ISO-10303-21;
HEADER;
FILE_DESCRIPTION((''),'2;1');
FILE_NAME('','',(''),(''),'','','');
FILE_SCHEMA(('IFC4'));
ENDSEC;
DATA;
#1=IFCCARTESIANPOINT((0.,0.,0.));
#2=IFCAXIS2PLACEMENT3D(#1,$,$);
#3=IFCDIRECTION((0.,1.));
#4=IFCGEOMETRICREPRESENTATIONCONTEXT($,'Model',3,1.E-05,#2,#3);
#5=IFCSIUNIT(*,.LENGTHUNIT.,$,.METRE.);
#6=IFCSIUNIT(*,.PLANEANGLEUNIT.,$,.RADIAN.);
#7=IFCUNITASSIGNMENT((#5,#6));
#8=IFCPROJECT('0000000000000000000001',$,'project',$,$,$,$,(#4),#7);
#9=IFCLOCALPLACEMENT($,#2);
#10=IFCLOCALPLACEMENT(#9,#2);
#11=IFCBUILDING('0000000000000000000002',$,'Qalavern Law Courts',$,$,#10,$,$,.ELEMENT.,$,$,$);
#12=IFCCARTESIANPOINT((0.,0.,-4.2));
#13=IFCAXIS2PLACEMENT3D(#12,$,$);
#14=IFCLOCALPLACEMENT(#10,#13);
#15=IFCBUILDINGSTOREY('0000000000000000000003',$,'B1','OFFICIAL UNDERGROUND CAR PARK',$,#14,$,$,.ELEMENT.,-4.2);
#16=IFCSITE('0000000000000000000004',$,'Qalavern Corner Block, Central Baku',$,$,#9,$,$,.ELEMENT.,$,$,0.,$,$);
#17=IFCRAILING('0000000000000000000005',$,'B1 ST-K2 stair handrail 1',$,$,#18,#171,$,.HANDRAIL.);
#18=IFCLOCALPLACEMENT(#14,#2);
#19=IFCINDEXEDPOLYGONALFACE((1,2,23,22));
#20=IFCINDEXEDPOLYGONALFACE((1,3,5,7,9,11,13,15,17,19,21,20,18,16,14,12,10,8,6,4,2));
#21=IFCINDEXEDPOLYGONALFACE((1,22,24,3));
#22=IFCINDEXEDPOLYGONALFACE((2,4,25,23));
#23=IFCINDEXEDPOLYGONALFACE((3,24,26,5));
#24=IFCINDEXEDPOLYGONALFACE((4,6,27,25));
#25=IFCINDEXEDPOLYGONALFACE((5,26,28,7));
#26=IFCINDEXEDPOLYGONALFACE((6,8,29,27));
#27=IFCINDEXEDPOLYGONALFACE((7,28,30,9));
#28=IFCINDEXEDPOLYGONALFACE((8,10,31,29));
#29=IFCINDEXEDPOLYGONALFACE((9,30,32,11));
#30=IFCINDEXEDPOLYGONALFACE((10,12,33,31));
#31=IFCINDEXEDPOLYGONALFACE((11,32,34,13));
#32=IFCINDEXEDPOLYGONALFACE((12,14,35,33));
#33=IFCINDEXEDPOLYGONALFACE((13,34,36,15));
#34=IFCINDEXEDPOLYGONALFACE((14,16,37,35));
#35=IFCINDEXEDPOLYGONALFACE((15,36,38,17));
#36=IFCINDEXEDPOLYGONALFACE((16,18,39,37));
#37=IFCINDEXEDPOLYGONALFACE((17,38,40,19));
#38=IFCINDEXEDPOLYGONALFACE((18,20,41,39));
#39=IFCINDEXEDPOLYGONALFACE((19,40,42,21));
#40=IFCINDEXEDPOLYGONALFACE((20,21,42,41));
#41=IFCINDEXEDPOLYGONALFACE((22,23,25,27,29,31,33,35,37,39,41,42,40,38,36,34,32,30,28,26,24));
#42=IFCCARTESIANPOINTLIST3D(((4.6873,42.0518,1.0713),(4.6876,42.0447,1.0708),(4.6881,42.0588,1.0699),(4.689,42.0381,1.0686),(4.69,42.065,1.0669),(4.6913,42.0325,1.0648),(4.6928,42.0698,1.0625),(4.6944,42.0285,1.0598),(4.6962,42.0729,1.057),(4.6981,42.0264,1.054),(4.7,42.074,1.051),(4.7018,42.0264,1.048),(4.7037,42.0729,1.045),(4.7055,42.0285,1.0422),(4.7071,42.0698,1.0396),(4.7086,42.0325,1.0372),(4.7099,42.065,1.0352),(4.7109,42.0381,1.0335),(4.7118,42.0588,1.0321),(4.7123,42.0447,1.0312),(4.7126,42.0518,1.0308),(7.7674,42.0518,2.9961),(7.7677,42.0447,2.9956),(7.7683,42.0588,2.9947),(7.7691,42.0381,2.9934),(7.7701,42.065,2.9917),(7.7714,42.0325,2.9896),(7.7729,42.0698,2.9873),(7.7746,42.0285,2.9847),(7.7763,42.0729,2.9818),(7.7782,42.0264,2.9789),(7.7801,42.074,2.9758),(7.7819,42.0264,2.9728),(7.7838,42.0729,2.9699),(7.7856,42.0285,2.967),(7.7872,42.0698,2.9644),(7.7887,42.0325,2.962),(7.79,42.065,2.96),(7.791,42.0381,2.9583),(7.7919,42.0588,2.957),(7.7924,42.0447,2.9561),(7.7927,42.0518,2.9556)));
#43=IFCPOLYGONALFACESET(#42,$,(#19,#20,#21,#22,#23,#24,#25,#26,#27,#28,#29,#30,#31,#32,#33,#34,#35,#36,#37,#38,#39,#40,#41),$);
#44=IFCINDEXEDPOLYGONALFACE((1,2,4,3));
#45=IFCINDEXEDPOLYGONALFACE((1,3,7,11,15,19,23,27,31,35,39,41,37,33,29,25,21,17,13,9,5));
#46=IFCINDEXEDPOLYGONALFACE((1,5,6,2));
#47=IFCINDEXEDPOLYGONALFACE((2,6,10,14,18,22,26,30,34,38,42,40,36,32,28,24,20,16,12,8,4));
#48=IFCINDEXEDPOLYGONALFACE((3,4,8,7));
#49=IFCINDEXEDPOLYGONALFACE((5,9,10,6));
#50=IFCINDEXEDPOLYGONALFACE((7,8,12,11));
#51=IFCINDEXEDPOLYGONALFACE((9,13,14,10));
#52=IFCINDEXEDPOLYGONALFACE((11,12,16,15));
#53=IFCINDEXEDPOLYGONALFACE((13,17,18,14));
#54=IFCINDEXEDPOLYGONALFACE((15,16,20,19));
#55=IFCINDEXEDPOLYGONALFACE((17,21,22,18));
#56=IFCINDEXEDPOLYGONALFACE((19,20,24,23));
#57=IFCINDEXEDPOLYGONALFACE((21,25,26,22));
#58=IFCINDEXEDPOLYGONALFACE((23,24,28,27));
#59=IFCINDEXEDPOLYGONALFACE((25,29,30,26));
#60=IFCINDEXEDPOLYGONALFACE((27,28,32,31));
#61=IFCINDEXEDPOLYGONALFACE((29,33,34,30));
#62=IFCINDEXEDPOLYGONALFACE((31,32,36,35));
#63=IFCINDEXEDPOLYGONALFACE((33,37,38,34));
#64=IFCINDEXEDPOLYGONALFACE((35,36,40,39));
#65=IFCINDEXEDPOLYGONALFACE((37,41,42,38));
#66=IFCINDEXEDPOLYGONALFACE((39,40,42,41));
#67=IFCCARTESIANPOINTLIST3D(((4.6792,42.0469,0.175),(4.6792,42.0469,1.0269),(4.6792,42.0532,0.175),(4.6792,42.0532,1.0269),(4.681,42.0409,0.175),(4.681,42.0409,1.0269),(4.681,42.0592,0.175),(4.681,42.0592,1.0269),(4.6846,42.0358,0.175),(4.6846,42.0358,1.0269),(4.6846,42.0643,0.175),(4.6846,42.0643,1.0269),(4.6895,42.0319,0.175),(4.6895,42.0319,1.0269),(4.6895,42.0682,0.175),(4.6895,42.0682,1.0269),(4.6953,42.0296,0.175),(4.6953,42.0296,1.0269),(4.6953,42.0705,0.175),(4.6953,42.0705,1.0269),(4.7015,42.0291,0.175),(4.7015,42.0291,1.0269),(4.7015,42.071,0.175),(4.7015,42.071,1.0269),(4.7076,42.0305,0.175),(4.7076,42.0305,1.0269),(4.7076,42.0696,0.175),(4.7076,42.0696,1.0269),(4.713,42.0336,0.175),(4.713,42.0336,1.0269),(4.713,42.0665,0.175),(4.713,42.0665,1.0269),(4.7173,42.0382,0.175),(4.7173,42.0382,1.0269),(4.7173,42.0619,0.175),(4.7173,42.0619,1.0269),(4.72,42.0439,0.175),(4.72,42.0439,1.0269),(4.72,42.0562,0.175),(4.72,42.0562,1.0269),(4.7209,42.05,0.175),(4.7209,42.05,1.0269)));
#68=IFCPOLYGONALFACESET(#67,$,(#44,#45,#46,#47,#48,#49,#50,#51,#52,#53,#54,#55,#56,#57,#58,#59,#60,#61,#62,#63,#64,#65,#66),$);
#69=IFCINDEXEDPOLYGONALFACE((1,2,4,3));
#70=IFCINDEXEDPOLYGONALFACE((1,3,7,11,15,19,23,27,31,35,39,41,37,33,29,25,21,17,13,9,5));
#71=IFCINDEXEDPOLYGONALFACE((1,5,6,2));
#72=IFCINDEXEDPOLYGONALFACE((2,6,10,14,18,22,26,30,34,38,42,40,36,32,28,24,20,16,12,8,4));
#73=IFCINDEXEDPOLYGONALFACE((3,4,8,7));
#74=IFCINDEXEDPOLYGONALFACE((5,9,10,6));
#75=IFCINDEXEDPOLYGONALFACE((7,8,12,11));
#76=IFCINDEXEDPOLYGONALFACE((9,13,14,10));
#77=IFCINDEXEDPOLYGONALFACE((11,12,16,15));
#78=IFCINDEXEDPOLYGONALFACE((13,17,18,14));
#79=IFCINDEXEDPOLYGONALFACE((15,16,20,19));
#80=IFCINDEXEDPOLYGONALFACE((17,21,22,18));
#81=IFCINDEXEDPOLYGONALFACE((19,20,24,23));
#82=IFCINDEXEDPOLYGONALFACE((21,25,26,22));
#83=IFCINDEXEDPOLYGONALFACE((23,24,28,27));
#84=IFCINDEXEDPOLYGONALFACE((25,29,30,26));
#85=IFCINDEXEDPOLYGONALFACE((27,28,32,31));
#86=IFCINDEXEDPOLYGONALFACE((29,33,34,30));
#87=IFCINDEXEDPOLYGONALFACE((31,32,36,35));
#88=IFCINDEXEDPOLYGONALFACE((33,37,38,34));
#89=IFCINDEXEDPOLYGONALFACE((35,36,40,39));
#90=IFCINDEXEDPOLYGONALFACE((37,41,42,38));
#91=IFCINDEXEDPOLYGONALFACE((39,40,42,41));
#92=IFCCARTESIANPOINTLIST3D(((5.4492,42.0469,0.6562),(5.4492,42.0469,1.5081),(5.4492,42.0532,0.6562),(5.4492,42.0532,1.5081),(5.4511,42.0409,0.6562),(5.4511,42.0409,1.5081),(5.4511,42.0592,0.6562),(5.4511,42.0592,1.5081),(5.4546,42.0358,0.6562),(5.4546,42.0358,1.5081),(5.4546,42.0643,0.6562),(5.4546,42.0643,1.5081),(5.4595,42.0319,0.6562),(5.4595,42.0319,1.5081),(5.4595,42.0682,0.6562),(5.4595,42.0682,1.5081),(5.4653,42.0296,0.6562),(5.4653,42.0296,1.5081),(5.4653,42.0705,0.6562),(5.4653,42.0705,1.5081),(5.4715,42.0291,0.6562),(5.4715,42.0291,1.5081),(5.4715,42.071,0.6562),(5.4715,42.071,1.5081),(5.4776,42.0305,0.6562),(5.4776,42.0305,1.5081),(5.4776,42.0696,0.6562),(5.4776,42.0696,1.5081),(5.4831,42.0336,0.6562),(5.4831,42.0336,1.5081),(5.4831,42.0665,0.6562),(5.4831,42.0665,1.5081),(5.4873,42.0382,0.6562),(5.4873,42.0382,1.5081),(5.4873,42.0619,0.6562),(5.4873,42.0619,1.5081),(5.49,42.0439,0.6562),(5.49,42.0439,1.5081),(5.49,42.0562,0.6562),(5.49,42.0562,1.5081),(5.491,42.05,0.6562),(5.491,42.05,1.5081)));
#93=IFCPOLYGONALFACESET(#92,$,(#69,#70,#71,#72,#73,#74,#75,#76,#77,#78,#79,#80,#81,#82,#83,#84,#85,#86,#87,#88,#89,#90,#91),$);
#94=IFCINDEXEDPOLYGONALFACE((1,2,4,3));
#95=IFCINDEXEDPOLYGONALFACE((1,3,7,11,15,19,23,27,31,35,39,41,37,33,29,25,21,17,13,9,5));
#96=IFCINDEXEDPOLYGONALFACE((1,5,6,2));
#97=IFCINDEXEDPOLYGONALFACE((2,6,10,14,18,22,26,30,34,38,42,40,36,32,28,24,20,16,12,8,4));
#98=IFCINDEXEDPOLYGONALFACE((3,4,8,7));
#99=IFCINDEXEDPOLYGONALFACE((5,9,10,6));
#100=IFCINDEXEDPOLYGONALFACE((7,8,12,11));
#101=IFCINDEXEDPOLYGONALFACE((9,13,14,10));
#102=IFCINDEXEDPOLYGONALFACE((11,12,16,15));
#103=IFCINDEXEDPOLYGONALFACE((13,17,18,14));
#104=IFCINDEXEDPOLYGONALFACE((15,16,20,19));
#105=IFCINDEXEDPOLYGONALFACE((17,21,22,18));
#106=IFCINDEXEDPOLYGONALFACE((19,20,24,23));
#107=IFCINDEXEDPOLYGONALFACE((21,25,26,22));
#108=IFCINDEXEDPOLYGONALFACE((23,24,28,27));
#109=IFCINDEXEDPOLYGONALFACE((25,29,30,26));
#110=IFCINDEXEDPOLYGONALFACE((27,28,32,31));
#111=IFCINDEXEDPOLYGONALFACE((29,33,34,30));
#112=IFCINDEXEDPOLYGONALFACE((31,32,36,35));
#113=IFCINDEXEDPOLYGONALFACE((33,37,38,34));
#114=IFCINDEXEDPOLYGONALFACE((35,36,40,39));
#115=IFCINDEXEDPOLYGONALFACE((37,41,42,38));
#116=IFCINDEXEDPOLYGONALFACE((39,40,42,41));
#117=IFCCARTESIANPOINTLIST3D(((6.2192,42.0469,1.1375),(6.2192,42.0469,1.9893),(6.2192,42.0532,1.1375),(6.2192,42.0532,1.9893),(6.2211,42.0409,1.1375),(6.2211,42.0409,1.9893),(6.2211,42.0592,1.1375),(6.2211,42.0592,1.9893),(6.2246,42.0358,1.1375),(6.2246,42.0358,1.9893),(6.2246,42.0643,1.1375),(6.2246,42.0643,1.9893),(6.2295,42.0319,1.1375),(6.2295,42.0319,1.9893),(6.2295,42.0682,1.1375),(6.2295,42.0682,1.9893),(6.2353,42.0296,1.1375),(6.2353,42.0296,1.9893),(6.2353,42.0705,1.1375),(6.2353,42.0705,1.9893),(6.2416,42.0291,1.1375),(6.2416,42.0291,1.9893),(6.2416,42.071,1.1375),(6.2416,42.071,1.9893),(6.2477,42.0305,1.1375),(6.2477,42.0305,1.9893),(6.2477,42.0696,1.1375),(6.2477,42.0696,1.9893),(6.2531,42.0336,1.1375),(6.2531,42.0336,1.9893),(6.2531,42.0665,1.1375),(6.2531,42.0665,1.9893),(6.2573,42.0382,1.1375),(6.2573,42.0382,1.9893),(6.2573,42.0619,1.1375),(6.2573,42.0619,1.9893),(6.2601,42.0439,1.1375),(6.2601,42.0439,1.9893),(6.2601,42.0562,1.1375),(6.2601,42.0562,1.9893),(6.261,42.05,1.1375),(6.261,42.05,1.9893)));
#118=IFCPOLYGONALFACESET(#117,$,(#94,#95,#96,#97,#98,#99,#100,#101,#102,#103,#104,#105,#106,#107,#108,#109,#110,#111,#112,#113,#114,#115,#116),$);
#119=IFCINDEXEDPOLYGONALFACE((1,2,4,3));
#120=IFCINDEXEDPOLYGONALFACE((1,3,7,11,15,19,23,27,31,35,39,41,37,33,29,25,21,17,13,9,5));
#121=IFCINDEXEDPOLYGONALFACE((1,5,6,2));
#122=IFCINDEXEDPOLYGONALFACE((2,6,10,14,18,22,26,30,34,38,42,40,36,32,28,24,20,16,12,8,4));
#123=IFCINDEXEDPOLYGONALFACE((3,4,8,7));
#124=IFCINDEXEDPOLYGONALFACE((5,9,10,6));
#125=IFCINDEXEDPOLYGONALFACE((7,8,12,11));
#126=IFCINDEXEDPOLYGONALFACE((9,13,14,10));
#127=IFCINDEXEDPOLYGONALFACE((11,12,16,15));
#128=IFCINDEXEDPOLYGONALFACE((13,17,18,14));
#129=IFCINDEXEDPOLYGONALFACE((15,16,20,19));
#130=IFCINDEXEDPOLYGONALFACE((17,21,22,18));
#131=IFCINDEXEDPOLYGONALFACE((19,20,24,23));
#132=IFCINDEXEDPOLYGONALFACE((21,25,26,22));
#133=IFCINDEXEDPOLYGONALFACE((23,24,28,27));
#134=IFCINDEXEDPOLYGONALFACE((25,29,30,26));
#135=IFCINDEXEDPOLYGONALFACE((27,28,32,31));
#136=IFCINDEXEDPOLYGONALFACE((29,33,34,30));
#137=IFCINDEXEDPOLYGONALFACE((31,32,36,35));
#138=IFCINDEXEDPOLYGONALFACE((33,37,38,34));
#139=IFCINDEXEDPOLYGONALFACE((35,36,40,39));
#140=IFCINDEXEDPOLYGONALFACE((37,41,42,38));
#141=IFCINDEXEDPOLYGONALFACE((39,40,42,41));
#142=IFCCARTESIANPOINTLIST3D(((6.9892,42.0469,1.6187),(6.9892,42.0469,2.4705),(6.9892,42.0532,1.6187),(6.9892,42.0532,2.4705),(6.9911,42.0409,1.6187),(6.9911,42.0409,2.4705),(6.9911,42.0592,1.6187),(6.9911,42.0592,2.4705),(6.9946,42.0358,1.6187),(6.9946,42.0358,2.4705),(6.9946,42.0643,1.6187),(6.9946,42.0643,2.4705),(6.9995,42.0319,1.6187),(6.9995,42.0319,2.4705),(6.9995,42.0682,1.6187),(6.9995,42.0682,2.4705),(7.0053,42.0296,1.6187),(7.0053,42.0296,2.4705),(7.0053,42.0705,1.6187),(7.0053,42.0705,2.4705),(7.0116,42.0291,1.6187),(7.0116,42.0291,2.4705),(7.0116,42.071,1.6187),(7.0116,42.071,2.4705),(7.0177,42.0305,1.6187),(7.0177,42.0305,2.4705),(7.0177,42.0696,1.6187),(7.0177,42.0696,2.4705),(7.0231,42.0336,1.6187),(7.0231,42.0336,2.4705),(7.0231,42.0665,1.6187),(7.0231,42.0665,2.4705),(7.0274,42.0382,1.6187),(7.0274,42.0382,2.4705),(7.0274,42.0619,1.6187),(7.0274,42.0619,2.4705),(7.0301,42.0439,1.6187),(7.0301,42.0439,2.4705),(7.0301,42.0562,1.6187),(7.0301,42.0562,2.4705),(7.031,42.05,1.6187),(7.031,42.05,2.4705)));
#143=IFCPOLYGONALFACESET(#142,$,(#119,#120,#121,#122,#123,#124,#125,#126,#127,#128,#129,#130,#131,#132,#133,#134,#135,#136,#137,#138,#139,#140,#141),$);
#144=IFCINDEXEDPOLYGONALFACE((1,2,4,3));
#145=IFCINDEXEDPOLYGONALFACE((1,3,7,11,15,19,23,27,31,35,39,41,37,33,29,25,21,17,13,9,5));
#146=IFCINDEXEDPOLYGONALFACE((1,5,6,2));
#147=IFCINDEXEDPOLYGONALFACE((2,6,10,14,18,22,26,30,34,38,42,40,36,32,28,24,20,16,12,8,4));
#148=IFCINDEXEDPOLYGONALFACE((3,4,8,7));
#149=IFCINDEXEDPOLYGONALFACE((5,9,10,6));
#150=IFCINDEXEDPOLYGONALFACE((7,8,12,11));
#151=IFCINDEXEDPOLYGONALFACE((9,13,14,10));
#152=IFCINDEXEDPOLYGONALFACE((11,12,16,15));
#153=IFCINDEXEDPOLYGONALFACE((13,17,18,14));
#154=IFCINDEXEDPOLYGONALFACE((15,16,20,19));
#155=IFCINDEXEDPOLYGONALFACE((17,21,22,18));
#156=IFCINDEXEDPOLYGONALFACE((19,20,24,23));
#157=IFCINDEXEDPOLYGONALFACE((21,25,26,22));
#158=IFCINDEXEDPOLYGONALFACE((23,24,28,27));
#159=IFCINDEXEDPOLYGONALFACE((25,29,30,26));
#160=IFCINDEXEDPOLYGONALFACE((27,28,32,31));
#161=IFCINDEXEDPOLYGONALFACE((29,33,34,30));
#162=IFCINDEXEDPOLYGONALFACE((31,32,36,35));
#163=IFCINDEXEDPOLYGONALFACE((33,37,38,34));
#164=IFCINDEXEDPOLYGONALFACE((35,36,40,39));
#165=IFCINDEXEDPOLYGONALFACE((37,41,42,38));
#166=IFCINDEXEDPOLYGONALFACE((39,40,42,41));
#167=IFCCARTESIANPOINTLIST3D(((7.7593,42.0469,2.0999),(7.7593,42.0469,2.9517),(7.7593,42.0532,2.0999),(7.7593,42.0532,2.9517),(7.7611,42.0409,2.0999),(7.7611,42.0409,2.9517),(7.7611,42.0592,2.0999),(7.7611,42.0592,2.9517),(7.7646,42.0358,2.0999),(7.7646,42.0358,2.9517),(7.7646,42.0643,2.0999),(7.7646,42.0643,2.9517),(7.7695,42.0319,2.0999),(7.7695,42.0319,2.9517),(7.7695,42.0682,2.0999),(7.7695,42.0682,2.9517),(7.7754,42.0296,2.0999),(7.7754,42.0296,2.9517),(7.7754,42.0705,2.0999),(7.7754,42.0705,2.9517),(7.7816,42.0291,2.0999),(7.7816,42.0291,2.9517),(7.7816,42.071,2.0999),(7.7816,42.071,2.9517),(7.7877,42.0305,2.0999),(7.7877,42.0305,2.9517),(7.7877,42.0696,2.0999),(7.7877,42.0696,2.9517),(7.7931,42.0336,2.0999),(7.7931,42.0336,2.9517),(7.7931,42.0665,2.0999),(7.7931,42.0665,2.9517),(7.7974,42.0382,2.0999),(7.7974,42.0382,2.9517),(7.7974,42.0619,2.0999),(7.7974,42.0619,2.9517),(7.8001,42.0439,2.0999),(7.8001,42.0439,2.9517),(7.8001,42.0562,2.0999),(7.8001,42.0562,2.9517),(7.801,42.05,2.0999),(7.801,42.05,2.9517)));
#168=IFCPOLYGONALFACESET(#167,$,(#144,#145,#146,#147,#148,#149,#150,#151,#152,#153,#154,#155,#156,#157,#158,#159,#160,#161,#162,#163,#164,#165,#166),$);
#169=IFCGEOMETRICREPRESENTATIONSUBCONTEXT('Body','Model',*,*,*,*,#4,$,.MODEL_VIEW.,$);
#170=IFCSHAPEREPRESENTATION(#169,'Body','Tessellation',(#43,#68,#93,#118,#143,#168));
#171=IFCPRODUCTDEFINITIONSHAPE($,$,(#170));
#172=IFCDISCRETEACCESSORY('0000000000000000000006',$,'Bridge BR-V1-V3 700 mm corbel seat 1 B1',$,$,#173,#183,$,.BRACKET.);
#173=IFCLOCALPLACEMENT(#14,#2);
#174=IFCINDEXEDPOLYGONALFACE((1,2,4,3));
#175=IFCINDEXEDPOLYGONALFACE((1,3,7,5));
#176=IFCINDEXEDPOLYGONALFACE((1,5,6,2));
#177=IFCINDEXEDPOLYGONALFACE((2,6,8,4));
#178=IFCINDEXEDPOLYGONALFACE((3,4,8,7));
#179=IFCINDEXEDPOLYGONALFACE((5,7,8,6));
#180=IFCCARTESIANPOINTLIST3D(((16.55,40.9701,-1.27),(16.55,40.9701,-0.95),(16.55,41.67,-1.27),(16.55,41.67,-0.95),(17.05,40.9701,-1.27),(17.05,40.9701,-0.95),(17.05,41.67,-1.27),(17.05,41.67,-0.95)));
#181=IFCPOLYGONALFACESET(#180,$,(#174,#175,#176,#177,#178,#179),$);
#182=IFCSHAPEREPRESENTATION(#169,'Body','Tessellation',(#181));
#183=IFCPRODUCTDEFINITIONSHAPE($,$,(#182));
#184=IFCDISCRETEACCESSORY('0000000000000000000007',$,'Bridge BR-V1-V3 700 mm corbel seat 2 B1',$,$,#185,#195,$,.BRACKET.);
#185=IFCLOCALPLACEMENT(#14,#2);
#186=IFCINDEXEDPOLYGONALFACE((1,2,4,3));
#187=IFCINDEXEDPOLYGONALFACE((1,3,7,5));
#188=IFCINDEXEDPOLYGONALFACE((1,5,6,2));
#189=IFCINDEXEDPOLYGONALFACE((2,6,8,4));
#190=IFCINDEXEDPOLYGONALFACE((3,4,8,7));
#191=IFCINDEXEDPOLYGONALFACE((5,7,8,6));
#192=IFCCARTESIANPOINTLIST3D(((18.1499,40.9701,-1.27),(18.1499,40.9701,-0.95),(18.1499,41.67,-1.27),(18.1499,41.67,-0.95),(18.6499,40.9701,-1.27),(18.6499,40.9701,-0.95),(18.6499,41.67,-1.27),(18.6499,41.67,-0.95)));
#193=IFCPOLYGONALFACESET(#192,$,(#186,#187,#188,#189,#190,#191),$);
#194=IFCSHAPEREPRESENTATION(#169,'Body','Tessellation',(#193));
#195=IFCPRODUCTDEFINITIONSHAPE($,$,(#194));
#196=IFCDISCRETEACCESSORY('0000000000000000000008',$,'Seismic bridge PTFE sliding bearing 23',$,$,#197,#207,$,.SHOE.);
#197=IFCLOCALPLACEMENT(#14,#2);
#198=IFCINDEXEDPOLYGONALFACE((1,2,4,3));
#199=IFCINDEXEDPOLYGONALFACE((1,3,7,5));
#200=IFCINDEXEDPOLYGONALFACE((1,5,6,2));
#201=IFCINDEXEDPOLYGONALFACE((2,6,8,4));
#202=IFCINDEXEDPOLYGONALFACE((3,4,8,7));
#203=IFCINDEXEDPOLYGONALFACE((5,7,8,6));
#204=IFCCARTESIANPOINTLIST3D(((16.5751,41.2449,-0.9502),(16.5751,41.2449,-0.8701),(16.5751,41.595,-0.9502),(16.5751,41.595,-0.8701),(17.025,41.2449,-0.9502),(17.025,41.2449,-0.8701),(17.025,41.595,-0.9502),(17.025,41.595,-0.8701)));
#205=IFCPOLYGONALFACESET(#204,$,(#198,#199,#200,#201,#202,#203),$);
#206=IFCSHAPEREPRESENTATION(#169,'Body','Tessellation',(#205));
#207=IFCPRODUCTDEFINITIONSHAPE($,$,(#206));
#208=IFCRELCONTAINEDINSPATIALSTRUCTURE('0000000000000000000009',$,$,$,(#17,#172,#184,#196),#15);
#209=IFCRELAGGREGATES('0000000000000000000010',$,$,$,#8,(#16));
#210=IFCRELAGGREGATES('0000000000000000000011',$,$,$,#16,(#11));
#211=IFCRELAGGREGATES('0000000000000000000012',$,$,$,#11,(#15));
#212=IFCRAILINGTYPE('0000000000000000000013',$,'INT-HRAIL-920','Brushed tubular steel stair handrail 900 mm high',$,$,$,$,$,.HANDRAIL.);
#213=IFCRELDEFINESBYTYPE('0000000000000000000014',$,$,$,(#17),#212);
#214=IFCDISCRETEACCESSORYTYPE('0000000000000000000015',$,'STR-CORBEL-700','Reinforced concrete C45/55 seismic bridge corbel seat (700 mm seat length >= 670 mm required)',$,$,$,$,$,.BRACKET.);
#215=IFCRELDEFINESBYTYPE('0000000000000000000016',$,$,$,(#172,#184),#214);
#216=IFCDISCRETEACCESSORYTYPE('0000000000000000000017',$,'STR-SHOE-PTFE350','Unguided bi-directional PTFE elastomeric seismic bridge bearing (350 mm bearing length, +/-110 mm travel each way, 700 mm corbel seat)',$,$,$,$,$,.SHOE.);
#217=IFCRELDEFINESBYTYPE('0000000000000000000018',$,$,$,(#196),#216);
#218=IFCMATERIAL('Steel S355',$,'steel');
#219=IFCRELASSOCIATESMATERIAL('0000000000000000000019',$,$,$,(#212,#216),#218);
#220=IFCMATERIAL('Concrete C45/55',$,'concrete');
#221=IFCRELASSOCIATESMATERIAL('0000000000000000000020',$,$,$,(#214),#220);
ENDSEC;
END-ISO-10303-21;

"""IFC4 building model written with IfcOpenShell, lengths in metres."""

from ifc_helpers import new_model, si_unit, direction, frame, origin, origin_2d, place, context, subcontext, project, spatial, rectangle, circle, extrude, material, type_object, element, save


model = new_model("IFC4")

# Units and contexts
model_context = context("Model", 3, precision=1e-05, world=origin(), true_north=direction((0.0, 1.0)))
body_context = subcontext(model_context, "Body", "Model", "MODEL_VIEW")
ifc_project = project(units=[si_unit("LENGTHUNIT", "METRE"), si_unit("PLANEANGLEUNIT", "RADIAN")], contexts=[model_context])

# Site, building, storey
site_placement = place(None, origin())
site = spatial("IfcSite", under=ifc_project, at=site_placement, Name="Qalavern Corner Block, Central Baku", CompositionType="ELEMENT", RefElevation=0.0)
building_placement = place(site_placement, origin())
building = spatial("IfcBuilding", under=site, at=building_placement, Name="Qalavern Law Courts", CompositionType="ELEMENT")
storey_placement = place(building_placement, frame((0.0, 0.0, -4.2)))
storey = spatial("IfcBuildingStorey", under=building, at=storey_placement, Name="B1", Description="OFFICIAL UNDERGROUND CAR PARK", CompositionType="ELEMENT", Elevation=-4.2)

# Shared definitions
ifc_material_1 = material(Name="Concrete C45/55", Category="concrete")

# Shared definitions
ifc_material_2 = material(Name="Steel S355", Category="steel")

# Railing
railing_type = type_object("IfcRailingType", Name="INT-HRAIL-920", Description="Brushed tubular steel stair handrail 900 mm high", PredefinedType="HANDRAIL", material=ifc_material_2)
railing_placement = place(storey_placement, frame((4.7, 42.05, 0.175)))
element("IfcRailing", 1, at=railing_placement, inside=storey, type_object=railing_type, Name="B1 ST-K2 stair handrail 1", PredefinedType="HANDRAIL", context=body_context, shape_type="SweptSolid", body=[
    extrude(circle(Radius=0.0239, at=origin_2d()), frame((0.0, 0.0, 0.876), z_axis=(0.848029, 0.0, 0.529951), x_axis=(0.0, 1.0, 0.0)), (0.0, 0.0, 1.0), 3.6321),
    extrude(circle(Radius=0.021, at=origin_2d()), origin(), (0.0, 0.0, 1.0), 0.8518),
    extrude(circle(Radius=0.021, at=origin_2d()), frame((0.77, 0.0, 0.4812)), (0.0, 0.0, 1.0), 0.8518),
    extrude(circle(Radius=0.021, at=origin_2d()), frame((1.54, 0.0, 0.9624)), (0.0, 0.0, 1.0), 0.8518),
    extrude(circle(Radius=0.021, at=origin_2d()), frame((2.3101, 0.0, 1.4436)), (0.0, 0.0, 1.0), 0.8518),
    extrude(circle(Radius=0.021, at=origin_2d()), frame((3.0801, 0.0, 1.9248)), (0.0, 0.0, 1.0), 0.8518),
])

# Discrete accessories
discrete_accessory_type_1 = type_object("IfcDiscreteAccessoryType", Name="STR-CORBEL-700", Description="Reinforced concrete C45/55 seismic bridge corbel seat (700 mm seat length >= 670 mm required)", PredefinedType="BRACKET", material=ifc_material_1)
for number, where, z_axis, x_axis, name in (
    (2, (16.8, 41.3201, -1.27), (0.0, 0.0, 1.0), (1.0, 0.0, 0.0), "Bridge BR-V1-V3 700 mm corbel seat 1 B1"),
    (3, (18.3999, 41.3201, -1.27), (0.0, 0.0, 1.0), (1.0, 0.0, 0.0), "Bridge BR-V1-V3 700 mm corbel seat 2 B1"),
):
    element("IfcDiscreteAccessory", number, at=place(storey_placement, frame(where, z_axis=z_axis, x_axis=x_axis)), inside=storey, type_object=discrete_accessory_type_1, Name=name, PredefinedType="BRACKET", context=body_context, shape_type="SweptSolid", body=[
        extrude(rectangle(XDim=0.5, YDim=0.7, at=origin_2d()), origin(), (0.0, 0.0, 1.0), 0.3201),
    ])
discrete_accessory_type_2 = type_object("IfcDiscreteAccessoryType", Name="STR-SHOE-PTFE350", Description="Unguided bi-directional PTFE elastomeric seismic bridge bearing (350 mm bearing length, +/-110 mm travel each way, 700 mm corbel seat)", PredefinedType="SHOE", material=ifc_material_2)
for number, where, z_axis, x_axis, name in (
    (4, (16.8, 41.4199, -0.9502), (0.0, 0.0, 1.0), (1.0, 0.0, 0.0), "Seismic bridge PTFE sliding bearing 23"),
):
    element("IfcDiscreteAccessory", number, at=place(storey_placement, frame(where, z_axis=z_axis, x_axis=x_axis)), inside=storey, type_object=discrete_accessory_type_2, Name=name, PredefinedType="SHOE", context=body_context, shape_type="SweptSolid", body=[
        extrude(rectangle(XDim=0.45, YDim=0.3501, at=origin_2d()), origin(), (0.0, 0.0, 1.0), 0.0801),
    ])

save(model, "model.ifc")
